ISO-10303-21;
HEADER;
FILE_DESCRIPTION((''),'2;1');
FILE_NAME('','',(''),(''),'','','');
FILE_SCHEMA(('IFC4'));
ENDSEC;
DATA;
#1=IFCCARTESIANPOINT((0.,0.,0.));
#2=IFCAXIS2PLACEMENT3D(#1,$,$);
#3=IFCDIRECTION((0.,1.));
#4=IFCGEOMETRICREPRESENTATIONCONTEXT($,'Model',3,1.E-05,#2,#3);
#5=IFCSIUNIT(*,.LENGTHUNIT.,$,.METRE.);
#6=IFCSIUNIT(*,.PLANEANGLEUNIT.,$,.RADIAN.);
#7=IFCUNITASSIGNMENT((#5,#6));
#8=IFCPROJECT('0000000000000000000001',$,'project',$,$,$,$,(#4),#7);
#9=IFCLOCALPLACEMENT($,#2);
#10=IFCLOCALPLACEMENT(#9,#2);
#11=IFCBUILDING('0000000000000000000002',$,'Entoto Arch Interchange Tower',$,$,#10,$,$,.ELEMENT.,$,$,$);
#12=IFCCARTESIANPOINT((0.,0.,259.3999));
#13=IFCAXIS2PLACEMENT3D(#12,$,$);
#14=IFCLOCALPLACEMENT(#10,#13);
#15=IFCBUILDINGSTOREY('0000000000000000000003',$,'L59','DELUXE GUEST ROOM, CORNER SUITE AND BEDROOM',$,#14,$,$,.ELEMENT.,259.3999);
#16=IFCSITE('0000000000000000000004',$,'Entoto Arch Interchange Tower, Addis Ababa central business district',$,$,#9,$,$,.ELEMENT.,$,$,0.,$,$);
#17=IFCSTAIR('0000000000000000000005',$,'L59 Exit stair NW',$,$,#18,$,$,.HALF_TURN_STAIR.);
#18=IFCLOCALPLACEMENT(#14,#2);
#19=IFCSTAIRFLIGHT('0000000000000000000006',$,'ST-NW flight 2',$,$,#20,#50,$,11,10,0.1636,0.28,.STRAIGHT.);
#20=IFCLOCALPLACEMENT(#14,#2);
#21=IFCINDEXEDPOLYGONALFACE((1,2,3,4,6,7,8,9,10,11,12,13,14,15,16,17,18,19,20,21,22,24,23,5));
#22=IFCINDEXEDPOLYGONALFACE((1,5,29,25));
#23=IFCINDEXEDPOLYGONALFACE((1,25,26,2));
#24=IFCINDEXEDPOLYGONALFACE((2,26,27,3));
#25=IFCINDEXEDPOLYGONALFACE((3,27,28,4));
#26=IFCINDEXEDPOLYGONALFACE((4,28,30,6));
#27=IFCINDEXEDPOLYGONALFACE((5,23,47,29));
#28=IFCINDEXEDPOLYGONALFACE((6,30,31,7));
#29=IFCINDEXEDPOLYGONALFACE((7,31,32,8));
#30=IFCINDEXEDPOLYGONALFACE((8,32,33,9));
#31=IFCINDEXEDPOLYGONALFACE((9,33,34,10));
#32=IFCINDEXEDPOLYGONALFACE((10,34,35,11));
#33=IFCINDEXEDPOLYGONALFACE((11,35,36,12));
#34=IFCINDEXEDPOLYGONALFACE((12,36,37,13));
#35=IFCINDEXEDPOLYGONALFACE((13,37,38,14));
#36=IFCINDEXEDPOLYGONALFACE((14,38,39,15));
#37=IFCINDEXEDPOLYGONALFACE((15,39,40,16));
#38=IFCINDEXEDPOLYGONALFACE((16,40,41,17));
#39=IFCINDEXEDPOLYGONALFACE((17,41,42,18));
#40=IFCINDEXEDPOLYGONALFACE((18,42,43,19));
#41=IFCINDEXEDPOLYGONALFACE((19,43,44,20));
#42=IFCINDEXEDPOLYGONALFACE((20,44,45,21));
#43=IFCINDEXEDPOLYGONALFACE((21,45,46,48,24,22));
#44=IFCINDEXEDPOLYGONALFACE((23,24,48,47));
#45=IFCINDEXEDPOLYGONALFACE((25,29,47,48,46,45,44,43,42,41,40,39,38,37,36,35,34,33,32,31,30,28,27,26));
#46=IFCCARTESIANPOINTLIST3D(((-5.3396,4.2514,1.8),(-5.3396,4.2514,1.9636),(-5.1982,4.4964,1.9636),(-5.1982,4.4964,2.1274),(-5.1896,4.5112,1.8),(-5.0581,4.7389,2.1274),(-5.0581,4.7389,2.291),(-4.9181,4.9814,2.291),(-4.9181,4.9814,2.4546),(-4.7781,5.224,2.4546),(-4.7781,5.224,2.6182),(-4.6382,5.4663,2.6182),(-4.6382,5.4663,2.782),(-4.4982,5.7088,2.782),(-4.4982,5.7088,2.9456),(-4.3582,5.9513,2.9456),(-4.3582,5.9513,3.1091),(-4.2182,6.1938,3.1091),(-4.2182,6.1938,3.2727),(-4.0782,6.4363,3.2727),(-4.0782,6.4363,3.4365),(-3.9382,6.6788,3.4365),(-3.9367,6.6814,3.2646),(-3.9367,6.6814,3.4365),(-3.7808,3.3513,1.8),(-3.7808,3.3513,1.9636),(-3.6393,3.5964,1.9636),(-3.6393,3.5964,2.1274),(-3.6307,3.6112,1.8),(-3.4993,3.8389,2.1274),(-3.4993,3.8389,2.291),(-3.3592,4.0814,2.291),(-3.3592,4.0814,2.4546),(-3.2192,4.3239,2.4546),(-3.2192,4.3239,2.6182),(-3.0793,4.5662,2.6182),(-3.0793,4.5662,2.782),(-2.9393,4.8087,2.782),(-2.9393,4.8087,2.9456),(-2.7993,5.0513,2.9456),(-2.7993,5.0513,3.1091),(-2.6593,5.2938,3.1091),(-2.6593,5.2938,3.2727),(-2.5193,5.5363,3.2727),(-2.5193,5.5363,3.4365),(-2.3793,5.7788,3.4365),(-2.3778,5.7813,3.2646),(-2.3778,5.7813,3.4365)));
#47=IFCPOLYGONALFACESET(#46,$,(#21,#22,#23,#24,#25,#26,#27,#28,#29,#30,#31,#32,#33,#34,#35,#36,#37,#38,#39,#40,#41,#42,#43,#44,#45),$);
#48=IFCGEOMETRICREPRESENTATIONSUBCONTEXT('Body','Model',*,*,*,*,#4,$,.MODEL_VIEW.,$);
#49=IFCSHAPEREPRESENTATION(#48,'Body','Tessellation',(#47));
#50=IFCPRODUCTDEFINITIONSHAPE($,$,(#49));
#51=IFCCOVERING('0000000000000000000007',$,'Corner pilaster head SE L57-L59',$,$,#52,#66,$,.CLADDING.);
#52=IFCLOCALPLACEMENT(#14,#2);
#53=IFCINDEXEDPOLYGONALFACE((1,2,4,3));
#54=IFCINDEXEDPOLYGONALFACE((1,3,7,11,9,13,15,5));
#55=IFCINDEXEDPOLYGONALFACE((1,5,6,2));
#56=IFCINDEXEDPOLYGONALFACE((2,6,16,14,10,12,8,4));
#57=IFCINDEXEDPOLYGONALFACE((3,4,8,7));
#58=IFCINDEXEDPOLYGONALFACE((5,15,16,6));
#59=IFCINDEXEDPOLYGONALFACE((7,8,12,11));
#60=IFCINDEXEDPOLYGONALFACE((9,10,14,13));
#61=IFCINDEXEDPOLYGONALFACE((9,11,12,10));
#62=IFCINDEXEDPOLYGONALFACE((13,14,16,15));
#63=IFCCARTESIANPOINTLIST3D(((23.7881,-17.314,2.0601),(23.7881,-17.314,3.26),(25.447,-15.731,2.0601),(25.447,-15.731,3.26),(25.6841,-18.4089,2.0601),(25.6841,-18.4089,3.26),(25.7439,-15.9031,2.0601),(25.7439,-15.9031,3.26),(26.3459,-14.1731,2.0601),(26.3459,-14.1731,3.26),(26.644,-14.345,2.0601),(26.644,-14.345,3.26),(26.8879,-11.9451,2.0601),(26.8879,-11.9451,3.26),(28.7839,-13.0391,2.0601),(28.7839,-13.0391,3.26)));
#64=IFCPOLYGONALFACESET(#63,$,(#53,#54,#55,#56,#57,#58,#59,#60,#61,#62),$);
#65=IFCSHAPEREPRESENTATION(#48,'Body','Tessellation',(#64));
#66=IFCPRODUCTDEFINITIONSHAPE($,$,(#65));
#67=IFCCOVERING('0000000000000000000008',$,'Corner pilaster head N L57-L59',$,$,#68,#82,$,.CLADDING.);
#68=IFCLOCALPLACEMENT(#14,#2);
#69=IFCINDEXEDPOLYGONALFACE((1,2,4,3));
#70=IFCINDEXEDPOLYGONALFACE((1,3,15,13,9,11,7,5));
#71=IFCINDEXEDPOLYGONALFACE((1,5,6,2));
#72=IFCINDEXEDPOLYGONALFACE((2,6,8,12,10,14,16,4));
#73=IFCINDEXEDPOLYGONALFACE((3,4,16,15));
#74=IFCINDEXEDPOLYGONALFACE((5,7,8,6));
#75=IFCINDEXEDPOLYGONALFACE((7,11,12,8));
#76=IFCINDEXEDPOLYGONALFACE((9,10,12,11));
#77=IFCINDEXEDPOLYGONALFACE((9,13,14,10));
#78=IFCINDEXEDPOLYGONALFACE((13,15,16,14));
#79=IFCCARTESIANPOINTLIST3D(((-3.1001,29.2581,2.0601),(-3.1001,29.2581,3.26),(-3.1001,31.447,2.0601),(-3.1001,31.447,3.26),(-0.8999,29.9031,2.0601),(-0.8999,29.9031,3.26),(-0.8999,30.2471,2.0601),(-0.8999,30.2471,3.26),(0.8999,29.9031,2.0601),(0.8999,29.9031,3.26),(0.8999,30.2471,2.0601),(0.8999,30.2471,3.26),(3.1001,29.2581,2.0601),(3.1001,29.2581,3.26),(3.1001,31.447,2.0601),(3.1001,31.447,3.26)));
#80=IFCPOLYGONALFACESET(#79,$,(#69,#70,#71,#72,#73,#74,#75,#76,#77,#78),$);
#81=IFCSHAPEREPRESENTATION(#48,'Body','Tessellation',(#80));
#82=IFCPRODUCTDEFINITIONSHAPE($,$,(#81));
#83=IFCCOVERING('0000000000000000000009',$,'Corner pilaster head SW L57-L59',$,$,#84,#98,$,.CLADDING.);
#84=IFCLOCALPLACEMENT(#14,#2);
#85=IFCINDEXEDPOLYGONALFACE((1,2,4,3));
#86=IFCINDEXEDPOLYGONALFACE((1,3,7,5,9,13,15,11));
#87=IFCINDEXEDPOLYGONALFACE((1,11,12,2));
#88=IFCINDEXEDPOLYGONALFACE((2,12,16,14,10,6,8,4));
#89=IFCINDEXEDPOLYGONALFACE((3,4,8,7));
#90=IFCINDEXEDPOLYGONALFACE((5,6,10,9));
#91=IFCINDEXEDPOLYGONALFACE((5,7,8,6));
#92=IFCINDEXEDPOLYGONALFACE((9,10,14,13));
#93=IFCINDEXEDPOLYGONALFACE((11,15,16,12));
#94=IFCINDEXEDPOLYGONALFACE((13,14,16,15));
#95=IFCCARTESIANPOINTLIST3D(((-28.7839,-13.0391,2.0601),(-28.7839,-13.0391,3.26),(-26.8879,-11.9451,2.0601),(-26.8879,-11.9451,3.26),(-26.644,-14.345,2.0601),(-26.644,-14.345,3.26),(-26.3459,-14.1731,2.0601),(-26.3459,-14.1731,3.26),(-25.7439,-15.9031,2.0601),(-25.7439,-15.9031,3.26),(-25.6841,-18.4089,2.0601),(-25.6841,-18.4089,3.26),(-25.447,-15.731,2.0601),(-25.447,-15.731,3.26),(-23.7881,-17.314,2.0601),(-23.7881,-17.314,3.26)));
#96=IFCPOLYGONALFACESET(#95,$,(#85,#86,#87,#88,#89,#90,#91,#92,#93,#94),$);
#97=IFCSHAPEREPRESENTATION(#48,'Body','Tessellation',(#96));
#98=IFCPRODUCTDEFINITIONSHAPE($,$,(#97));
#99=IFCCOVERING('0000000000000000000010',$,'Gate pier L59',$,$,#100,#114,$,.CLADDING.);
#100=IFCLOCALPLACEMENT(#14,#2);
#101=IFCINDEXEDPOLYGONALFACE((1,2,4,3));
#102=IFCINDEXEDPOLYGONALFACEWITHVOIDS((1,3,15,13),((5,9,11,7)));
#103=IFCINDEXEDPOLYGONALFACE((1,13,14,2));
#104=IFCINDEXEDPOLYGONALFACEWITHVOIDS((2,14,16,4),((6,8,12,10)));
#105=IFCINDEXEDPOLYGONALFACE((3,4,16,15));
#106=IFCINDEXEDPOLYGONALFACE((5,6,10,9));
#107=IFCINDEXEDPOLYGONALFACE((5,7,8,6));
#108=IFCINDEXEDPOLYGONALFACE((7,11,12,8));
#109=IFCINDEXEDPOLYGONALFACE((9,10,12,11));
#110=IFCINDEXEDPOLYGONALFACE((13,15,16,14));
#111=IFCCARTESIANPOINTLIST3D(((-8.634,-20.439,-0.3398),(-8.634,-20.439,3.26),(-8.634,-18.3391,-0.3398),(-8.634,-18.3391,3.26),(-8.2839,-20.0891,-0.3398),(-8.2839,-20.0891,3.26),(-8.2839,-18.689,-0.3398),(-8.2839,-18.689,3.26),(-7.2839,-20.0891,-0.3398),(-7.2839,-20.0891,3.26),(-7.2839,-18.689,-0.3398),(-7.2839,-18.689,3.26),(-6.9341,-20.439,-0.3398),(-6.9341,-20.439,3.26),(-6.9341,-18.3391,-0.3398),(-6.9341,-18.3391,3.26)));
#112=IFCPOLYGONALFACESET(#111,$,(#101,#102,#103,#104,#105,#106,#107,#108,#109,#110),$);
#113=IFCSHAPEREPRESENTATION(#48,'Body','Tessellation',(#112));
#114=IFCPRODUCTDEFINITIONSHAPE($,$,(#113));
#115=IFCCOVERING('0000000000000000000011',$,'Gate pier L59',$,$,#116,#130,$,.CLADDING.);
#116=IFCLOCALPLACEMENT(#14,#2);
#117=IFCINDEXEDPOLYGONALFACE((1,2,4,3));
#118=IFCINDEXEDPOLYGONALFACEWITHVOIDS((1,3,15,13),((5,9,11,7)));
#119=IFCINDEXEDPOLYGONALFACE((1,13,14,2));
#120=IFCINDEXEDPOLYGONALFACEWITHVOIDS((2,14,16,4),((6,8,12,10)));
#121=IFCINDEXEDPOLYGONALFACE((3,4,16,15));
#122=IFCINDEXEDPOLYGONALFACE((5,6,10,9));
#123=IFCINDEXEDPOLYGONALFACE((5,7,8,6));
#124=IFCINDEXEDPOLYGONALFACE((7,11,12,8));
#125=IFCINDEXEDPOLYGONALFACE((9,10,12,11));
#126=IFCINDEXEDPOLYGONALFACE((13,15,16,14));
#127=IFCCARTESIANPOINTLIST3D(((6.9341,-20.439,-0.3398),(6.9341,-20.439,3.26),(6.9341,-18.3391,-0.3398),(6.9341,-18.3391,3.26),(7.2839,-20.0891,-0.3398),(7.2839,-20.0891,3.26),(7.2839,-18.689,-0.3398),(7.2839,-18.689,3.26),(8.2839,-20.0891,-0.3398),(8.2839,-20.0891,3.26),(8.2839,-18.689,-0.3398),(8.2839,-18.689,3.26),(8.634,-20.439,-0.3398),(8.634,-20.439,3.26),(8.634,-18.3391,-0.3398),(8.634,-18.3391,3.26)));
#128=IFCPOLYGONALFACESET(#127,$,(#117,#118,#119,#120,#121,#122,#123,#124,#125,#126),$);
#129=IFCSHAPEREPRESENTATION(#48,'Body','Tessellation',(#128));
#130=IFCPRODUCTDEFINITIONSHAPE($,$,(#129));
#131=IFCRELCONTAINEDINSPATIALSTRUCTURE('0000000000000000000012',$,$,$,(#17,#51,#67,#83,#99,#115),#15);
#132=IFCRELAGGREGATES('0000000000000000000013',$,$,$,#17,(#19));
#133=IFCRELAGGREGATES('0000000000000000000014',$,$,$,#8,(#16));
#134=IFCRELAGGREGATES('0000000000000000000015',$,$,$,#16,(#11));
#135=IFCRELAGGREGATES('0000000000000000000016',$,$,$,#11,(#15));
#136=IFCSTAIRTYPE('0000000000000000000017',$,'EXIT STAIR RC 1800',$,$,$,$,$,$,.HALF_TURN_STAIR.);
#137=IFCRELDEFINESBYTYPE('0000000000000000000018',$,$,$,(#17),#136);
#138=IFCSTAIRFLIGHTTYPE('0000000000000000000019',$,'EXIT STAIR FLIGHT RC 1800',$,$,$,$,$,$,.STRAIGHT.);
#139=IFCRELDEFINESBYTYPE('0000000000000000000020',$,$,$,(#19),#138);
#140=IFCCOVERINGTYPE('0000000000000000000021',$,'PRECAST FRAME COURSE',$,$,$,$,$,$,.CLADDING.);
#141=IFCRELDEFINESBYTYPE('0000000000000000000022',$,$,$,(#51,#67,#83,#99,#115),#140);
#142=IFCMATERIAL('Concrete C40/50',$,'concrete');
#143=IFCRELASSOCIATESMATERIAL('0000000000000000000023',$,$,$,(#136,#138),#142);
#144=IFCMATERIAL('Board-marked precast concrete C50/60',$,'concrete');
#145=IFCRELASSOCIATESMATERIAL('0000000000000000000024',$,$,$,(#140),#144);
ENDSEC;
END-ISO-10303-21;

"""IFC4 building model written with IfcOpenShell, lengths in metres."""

from ifc_helpers import new_model, si_unit, direction, frame, origin, place, context, subcontext, project, spatial, polyline, outline, extrude, material, type_object, element, aggregate, save


model = new_model("IFC4")

# Units and contexts
model_context = context("Model", 3, precision=1e-05, world=origin(), true_north=direction((0.0, 1.0)))
body_context = subcontext(model_context, "Body", "Model", "MODEL_VIEW")
ifc_project = project(units=[si_unit("LENGTHUNIT", "METRE"), si_unit("PLANEANGLEUNIT", "RADIAN")], contexts=[model_context])

# Site, building, storey
site_placement = place(None, origin())
site = spatial("IfcSite", under=ifc_project, at=site_placement, Name="Entoto Arch Interchange Tower, Addis Ababa central business district", CompositionType="ELEMENT", RefElevation=0.0)
building_placement = place(site_placement, origin())
building = spatial("IfcBuilding", under=site, at=building_placement, Name="Entoto Arch Interchange Tower", CompositionType="ELEMENT")
storey_placement = place(building_placement, frame((0.0, 0.0, 259.3999)))
storey = spatial("IfcBuildingStorey", under=building, at=storey_placement, Name="L59", Description="DELUXE GUEST ROOM, CORNER SUITE AND BEDROOM", CompositionType="ELEMENT", Elevation=259.3999)

# Shared definitions
ifc_material_1 = material(Name="Concrete C40/50", Category="concrete")

# Stair, stair flight
stair_type = type_object("IfcStairType", Name="EXIT STAIR RC 1800", PredefinedType="HALF_TURN_STAIR", material=ifc_material_1)
stair_placement = place(storey_placement, origin())
stair = element("IfcStair", 1, at=stair_placement, inside=storey, type_object=stair_type, Name="L59 Exit stair NW", PredefinedType="HALF_TURN_STAIR")
stair_flight_type = type_object("IfcStairFlightType", Name="EXIT STAIR FLIGHT RC 1800", PredefinedType="STRAIGHT", material=ifc_material_1)
stair_flight_1_placement = place(storey_placement, frame((-4.5588, 3.804, 1.8), z_axis=(0.0, 0.0, 1.0), x_axis=(0.5, 0.866025, 0.0)))
stair_flight_1 = element("IfcStairFlight", 2, at=stair_flight_1_placement, type_object=stair_flight_type, Name="ST-NW flight 2", NumberOfRisers=11, NumberOfTreads=10, PredefinedType="STRAIGHT", RiserHeight=0.1636, TreadLength=0.28, context=body_context, shape_type="SweptSolid", body=[
    extrude(outline(polyline([(-0.0029, 0.0), (-0.0029, 0.1636), (0.28, 0.1636), (0.28, 0.3274), (0.5601, 0.3274), (0.5601, 0.491), (0.8401, 0.491), (0.8401, 0.6545), (1.1201, 0.6545), (1.1201, 0.8181), (1.3999, 0.8181), (1.3999, 0.9819), (1.6799, 0.9819), (1.6799, 1.1455), (1.96, 1.1455), (1.96, 1.3091), (2.24, 1.3091), (2.24, 1.4727), (2.52, 1.4727), (2.52, 1.6365), (2.8, 1.6365), (2.803, 1.6365), (2.803, 1.4646), (0.2971, 0.0), (-0.0029, 0.0)])), frame((0.0, 0.8999, 0.0), z_axis=(0.0, -1.0, 0.0), x_axis=(1.0, 0.0, 0.0)), (0.0, 0.0, 1.0), 1.8),
])
aggregate(stair, [stair_flight_1])

# Coverings
ifc_material_2 = material(Name="Board-marked precast concrete C50/60", Category="concrete")
covering_type = type_object("IfcCoveringType", Name="PRECAST FRAME COURSE", PredefinedType="CLADDING", material=ifc_material_2)
covering_1_placement = place(storey_placement, frame((0.0, 0.0, 2.0601)))
element("IfcCovering", 3, at=covering_1_placement, inside=storey, type_object=covering_type, Name="Corner pilaster head SE L57-L59", PredefinedType="CLADDING", context=body_context, shape_type="SweptSolid", body=[
    extrude(outline(polyline([(28.7839, -13.0391), (25.6841, -18.4089), (23.7881, -17.314), (25.447, -15.731), (25.7439, -15.9031), (26.644, -14.345), (26.3459, -14.1731), (26.8879, -11.9451), (28.7839, -13.0391)])), origin(), (0.0, 0.0, 1.0), 1.2),
])
covering_2_placement = place(storey_placement, frame((0.0, 0.0, 2.0601)))
element("IfcCovering", 4, at=covering_2_placement, inside=storey, type_object=covering_type, Name="Corner pilaster head N L57-L59", PredefinedType="CLADDING", context=body_context, shape_type="SweptSolid", body=[
    extrude(outline(polyline([(-3.1001, 31.447), (3.1001, 31.447), (3.1001, 29.2581), (0.8999, 29.9031), (0.8999, 30.2471), (-0.8999, 30.2471), (-0.8999, 29.9031), (-3.1001, 29.2581), (-3.1001, 31.447)])), origin(), (0.0, 0.0, 1.0), 1.2),
])
covering_3_placement = place(storey_placement, frame((0.0, 0.0, 2.0601)))
element("IfcCovering", 5, at=covering_3_placement, inside=storey, type_object=covering_type, Name="Corner pilaster head SW L57-L59", PredefinedType="CLADDING", context=body_context, shape_type="SweptSolid", body=[
    extrude(outline(polyline([(-25.6841, -18.4089), (-28.7839, -13.0391), (-26.8879, -11.9451), (-26.3459, -14.1731), (-26.644, -14.345), (-25.7439, -15.9031), (-25.447, -15.731), (-23.7881, -17.314), (-25.6841, -18.4089)])), origin(), (0.0, 0.0, 1.0), 1.2),
])
covering_4_placement = place(storey_placement, frame((0.0, 0.0, -0.3398)))
element("IfcCovering", 6, at=covering_4_placement, inside=storey, type_object=covering_type, Name="Gate pier L59", PredefinedType="CLADDING", context=body_context, shape_type="SweptSolid", body=[
    extrude(outline(polyline([(-8.634, -18.3391), (-6.9341, -18.3391), (-6.9341, -20.439), (-8.634, -20.439), (-8.634, -18.3391)]), holes=[polyline([(-8.2839, -18.689), (-8.2839, -20.0891), (-7.2839, -20.0891), (-7.2839, -18.689), (-8.2839, -18.689)])]), origin(), (0.0, 0.0, 1.0), 3.5999),
])
covering_5_placement = place(storey_placement, frame((0.0, 0.0, -0.3398)))
element("IfcCovering", 7, at=covering_5_placement, inside=storey, type_object=covering_type, Name="Gate pier L59", PredefinedType="CLADDING", context=body_context, shape_type="SweptSolid", body=[
    extrude(outline(polyline([(6.9341, -18.3391), (8.634, -18.3391), (8.634, -20.439), (6.9341, -20.439), (6.9341, -18.3391)]), holes=[polyline([(7.2839, -18.689), (7.2839, -20.0891), (8.2839, -20.0891), (8.2839, -18.689), (7.2839, -18.689)])]), origin(), (0.0, 0.0, 1.0), 3.5999),
])

save(model, "model.ifc")
